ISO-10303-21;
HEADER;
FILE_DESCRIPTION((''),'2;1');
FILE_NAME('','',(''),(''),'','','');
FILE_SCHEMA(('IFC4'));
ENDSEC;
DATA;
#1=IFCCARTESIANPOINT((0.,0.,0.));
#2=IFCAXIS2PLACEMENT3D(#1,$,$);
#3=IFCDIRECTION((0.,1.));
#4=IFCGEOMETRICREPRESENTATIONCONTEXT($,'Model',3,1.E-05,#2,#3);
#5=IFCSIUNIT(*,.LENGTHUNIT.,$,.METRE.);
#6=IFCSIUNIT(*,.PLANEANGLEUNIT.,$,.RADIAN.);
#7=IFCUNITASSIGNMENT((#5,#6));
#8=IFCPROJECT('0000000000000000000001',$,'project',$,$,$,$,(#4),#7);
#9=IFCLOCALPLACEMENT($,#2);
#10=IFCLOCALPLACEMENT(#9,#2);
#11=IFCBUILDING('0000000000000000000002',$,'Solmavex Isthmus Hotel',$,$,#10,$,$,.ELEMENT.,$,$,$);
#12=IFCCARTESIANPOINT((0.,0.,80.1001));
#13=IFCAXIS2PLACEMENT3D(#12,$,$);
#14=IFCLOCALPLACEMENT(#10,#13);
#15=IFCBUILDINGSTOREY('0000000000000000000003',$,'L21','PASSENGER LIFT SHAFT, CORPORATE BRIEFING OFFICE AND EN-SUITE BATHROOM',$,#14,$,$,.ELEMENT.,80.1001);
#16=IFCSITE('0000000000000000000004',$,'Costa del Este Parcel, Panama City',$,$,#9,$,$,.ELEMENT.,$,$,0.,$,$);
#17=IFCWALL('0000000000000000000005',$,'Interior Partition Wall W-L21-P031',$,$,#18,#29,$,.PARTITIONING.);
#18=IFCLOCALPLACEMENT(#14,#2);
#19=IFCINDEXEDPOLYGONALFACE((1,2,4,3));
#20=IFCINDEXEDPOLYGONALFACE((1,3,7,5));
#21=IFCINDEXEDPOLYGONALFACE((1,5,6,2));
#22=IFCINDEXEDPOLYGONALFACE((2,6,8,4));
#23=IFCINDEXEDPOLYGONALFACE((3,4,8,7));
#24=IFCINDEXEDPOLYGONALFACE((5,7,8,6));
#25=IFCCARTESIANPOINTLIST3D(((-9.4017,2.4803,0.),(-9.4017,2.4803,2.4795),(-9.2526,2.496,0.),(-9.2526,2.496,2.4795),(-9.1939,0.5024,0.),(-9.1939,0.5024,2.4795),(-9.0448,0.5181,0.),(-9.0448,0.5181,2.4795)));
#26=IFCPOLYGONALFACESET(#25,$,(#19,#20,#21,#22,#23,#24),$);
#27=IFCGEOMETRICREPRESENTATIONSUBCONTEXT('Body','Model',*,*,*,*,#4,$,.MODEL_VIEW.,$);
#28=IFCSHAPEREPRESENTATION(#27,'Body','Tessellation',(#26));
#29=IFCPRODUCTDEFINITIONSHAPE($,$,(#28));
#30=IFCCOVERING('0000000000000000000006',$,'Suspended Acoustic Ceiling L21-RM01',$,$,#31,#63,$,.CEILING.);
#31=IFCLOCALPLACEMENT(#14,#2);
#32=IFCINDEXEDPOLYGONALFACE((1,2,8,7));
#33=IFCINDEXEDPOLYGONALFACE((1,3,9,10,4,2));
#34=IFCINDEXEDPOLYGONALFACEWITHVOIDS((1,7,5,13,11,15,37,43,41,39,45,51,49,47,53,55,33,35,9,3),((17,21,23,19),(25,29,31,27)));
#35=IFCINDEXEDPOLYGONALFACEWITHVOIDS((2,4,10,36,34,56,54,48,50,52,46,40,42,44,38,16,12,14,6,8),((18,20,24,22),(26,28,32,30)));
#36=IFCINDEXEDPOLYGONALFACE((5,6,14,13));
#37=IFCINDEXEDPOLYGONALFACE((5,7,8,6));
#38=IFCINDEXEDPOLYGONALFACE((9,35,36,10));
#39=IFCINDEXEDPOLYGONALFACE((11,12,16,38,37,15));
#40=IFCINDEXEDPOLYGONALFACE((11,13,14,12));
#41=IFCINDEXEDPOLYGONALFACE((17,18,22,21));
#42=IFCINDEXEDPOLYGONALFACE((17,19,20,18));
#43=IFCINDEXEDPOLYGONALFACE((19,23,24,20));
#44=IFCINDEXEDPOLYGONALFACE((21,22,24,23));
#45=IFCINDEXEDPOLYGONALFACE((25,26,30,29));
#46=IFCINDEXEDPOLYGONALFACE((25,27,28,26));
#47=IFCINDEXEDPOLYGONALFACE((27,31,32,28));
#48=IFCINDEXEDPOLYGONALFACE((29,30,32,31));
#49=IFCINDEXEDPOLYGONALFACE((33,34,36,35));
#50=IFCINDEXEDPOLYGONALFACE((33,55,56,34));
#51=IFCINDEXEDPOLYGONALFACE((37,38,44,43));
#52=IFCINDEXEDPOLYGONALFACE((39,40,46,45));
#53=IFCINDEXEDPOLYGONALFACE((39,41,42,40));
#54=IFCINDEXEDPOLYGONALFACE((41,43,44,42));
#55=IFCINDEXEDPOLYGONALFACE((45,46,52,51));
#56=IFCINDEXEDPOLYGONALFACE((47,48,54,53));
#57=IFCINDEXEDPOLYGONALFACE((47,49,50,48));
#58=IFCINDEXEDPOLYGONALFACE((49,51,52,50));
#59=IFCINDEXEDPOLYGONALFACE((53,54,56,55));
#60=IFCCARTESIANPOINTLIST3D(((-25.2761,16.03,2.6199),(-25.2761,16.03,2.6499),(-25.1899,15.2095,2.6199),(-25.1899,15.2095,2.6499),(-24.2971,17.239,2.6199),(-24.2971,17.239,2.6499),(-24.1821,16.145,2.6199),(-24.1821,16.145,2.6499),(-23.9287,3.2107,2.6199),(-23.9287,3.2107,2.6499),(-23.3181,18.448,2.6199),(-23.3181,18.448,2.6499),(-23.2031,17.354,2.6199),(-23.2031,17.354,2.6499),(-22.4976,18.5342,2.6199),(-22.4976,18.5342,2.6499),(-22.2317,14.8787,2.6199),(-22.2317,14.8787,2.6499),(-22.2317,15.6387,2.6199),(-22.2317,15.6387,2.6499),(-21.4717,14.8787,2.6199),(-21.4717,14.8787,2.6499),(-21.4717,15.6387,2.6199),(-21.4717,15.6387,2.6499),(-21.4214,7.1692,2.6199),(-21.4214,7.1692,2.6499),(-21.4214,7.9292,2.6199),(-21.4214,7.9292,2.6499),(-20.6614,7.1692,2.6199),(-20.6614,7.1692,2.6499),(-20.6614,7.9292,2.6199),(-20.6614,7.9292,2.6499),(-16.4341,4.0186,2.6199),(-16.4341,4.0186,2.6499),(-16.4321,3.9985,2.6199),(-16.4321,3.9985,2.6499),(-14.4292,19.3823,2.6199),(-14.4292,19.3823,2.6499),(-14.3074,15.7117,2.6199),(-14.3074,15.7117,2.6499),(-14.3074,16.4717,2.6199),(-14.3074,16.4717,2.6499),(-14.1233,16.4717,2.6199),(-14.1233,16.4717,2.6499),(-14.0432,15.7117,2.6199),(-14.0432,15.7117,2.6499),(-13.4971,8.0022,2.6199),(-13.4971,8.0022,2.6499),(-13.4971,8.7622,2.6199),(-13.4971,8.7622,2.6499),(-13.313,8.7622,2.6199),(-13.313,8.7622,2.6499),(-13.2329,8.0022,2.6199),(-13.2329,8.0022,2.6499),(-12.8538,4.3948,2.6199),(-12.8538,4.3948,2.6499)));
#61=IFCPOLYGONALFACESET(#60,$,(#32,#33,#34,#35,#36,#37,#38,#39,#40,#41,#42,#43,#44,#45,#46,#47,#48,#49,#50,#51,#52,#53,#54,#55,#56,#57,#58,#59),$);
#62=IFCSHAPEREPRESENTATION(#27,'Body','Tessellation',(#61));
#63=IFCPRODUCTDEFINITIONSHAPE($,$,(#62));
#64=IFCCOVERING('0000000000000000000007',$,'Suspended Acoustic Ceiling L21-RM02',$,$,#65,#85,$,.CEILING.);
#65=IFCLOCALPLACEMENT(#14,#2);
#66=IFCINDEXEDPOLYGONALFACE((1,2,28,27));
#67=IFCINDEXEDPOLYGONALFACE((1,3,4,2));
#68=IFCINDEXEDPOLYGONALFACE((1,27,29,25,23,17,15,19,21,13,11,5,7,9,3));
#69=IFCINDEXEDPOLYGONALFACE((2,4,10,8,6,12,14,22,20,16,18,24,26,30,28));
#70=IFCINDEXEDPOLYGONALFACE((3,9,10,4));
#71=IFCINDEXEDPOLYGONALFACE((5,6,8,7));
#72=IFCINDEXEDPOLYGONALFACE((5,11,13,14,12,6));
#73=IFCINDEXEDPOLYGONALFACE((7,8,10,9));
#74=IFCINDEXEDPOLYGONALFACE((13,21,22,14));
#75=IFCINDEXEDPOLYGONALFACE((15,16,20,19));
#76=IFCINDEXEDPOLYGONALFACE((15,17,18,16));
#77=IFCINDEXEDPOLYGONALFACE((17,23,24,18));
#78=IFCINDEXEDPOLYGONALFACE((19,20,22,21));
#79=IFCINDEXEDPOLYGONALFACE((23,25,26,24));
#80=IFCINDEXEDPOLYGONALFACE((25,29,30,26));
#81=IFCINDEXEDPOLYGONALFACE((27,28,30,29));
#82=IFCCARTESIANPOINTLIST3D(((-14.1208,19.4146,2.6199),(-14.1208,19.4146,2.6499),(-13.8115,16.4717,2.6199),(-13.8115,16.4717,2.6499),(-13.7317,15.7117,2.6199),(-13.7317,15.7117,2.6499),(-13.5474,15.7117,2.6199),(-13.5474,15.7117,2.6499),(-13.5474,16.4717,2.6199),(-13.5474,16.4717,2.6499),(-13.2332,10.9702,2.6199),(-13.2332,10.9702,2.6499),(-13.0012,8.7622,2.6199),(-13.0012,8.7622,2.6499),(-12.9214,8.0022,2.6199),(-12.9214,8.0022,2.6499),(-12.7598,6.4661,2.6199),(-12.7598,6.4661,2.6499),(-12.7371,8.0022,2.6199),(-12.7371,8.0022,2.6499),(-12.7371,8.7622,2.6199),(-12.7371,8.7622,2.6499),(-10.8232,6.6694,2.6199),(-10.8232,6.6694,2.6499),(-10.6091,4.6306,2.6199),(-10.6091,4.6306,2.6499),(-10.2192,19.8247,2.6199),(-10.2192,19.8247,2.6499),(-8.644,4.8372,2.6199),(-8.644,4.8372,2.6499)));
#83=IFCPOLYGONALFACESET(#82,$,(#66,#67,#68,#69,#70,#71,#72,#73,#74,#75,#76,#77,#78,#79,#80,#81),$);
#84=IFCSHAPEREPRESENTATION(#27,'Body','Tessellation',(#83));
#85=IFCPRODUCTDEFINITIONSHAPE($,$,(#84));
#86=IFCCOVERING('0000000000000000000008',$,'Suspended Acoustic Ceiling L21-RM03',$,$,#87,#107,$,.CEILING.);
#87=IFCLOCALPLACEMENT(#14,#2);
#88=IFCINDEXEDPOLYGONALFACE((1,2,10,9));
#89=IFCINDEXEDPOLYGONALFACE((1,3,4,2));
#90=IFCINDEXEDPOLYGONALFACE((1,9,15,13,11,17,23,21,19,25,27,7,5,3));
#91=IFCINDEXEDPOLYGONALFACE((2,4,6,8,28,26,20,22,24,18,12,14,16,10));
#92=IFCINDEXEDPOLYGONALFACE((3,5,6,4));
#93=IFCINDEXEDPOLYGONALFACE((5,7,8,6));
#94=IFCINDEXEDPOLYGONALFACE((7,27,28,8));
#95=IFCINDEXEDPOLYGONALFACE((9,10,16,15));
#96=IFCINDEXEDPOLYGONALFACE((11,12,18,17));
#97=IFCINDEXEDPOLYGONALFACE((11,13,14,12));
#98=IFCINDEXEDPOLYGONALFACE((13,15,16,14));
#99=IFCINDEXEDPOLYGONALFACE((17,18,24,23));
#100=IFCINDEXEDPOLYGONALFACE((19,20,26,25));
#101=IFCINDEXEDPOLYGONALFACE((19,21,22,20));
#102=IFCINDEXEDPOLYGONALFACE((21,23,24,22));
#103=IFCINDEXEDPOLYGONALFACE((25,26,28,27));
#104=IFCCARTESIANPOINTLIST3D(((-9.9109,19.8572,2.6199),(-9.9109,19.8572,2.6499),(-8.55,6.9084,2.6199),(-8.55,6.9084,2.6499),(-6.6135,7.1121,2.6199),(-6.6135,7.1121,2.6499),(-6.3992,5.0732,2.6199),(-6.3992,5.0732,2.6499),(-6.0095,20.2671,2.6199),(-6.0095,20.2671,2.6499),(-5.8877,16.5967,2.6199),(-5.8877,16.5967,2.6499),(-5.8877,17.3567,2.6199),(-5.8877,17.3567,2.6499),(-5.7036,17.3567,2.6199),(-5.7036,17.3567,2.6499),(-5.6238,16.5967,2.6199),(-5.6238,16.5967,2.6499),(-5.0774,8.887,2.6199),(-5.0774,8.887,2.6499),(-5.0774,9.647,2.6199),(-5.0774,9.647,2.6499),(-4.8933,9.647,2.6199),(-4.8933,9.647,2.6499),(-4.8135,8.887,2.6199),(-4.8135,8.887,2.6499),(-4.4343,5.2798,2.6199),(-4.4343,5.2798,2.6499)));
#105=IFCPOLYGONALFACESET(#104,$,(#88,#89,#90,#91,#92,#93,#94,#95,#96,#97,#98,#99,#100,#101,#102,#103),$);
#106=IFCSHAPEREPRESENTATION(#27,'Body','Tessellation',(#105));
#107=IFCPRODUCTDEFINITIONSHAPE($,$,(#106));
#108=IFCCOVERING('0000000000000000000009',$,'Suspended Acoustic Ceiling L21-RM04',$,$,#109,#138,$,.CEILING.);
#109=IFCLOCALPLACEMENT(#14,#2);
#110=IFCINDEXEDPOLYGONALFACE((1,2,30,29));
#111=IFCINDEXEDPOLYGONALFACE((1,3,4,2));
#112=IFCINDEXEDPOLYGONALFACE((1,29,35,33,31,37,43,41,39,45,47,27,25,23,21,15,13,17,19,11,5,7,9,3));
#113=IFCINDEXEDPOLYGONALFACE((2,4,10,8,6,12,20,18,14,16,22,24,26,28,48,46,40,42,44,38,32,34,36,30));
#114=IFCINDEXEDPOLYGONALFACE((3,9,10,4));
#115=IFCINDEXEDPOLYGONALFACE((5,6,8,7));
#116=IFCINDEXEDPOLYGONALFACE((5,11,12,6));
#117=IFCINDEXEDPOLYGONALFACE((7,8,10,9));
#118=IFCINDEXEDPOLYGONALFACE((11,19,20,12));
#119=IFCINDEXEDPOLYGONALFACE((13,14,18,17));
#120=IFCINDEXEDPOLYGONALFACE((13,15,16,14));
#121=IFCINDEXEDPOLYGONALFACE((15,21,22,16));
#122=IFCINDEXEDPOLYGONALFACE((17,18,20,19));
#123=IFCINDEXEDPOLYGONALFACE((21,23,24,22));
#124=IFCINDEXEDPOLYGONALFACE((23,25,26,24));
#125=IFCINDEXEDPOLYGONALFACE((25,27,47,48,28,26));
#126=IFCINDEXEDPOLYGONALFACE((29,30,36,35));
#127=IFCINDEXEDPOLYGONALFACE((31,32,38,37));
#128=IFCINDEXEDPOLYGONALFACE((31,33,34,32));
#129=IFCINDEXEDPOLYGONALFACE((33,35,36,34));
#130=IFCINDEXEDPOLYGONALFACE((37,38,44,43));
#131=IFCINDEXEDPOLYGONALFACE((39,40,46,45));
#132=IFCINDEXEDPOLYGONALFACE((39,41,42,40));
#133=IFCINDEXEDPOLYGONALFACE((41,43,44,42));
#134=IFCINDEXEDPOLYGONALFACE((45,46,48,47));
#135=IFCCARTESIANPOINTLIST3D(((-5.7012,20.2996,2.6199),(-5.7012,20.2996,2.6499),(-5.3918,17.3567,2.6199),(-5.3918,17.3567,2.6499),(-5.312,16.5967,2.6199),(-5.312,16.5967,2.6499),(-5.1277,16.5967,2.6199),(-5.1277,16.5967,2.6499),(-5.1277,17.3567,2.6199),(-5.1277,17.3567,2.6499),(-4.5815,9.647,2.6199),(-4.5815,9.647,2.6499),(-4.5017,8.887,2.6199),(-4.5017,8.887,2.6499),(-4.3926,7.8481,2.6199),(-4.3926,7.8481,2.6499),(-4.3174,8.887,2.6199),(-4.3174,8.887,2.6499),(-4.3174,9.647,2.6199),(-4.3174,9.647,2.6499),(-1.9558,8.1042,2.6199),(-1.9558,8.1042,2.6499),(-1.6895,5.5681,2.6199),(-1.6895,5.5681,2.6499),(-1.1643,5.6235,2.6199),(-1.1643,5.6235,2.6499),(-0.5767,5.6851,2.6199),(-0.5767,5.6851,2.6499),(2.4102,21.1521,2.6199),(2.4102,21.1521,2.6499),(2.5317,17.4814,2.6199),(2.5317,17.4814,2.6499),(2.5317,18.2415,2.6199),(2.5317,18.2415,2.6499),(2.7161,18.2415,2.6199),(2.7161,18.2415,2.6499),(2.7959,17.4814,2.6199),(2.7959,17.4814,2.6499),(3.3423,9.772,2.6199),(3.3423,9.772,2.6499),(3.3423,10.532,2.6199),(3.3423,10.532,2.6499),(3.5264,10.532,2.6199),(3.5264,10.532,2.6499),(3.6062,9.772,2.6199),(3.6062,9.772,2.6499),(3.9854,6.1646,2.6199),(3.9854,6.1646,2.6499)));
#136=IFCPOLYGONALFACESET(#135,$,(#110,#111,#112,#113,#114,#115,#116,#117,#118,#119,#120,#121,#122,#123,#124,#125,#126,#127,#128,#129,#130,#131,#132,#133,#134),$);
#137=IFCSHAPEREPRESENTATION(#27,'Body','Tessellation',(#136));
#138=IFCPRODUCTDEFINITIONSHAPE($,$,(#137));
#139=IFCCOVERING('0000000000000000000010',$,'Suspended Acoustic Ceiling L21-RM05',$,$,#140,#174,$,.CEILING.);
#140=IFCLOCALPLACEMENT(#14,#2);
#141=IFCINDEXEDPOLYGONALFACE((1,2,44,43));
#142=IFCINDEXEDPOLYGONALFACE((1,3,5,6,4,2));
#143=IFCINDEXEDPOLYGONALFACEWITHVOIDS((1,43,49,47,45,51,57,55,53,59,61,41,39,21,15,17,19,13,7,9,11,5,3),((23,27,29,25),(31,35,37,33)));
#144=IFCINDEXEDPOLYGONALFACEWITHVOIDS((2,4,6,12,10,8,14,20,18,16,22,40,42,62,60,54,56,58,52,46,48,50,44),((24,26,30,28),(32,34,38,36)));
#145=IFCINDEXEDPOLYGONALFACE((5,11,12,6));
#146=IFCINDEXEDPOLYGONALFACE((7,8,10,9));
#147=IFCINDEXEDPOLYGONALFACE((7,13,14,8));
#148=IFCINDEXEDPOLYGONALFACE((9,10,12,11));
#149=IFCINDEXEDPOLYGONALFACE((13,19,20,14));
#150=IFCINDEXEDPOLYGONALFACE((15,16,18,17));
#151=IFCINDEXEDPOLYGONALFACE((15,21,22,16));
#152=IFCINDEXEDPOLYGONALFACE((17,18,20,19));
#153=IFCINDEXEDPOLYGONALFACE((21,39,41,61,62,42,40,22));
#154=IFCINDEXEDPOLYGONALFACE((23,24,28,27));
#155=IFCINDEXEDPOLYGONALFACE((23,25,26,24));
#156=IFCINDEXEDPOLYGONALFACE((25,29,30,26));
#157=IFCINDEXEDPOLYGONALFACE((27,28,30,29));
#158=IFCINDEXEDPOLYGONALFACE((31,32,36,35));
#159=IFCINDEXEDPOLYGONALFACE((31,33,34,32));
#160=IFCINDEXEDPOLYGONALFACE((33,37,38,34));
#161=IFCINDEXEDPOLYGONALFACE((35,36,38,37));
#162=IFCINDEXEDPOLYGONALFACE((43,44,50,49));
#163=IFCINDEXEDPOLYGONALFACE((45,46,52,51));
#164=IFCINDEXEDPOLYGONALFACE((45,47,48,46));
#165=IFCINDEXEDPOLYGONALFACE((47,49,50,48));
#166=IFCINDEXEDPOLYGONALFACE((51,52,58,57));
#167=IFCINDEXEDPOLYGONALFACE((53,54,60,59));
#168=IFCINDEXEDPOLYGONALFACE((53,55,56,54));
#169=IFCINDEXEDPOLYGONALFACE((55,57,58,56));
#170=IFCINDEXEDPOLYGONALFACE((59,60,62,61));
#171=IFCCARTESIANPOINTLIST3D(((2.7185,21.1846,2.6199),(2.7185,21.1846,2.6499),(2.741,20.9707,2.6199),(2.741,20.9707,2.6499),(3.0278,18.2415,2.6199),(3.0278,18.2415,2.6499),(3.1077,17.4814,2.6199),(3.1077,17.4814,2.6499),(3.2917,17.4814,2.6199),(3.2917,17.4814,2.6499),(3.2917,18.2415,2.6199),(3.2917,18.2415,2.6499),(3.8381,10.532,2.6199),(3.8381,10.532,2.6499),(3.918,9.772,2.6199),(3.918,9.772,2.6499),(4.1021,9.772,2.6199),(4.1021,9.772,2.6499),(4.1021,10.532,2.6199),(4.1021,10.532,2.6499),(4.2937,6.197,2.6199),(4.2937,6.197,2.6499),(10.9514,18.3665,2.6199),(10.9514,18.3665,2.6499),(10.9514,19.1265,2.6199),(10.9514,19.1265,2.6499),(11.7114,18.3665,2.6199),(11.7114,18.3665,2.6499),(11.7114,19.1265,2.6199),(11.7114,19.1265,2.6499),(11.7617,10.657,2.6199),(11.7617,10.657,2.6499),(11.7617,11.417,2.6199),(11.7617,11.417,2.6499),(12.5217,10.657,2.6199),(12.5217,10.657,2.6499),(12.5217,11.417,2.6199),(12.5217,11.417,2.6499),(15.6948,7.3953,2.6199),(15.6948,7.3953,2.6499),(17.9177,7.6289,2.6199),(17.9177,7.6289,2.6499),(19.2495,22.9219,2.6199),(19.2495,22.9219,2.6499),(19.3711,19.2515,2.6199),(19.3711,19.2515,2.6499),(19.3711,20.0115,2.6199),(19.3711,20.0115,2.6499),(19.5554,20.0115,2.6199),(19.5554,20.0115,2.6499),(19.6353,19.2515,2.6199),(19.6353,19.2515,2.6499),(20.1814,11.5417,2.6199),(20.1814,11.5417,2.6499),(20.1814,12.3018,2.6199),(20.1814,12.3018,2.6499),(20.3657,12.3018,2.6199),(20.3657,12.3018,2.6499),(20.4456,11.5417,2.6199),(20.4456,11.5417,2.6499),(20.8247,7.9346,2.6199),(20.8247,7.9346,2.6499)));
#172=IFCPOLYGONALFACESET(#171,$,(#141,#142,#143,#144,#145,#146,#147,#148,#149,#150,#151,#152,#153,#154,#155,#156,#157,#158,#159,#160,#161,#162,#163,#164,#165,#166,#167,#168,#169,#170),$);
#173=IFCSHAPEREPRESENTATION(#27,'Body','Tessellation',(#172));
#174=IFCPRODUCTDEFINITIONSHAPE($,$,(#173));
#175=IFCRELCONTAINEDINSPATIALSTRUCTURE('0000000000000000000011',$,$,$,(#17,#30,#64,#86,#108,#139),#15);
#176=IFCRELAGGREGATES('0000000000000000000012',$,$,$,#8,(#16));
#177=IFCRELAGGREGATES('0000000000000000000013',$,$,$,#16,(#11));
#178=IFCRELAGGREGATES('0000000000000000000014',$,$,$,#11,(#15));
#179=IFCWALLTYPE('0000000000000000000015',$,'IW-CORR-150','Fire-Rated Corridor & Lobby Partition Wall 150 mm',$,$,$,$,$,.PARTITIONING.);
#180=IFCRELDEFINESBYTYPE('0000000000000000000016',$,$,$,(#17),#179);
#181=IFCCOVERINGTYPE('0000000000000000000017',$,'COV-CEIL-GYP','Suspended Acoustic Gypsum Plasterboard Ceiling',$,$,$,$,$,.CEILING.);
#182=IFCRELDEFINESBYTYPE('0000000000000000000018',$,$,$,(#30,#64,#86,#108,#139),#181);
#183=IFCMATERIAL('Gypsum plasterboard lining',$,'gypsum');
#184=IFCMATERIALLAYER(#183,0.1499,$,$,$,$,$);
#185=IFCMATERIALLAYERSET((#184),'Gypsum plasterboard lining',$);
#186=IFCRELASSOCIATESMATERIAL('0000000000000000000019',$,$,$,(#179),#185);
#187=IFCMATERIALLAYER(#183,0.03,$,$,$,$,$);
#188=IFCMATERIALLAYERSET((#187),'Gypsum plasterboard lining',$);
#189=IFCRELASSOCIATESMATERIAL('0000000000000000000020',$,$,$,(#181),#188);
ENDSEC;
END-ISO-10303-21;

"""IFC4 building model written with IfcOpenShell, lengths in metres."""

from ifc_helpers import new_model, si_unit, direction, frame, frame_2d, origin, place, context, subcontext, project, spatial, polyline, rectangle, outline, extrude, material, layer, layer_set, type_object, element, save


model = new_model("IFC4")

# Units and contexts
model_context = context("Model", 3, precision=1e-05, world=origin(), true_north=direction((0.0, 1.0)))
body_context = subcontext(model_context, "Body", "Model", "MODEL_VIEW")
ifc_project = project(units=[si_unit("LENGTHUNIT", "METRE"), si_unit("PLANEANGLEUNIT", "RADIAN")], contexts=[model_context])

# Site, building, storey
site_placement = place(None, origin())
site = spatial("IfcSite", under=ifc_project, at=site_placement, Name="Costa del Este Parcel, Panama City", CompositionType="ELEMENT", RefElevation=0.0)
building_placement = place(site_placement, origin())
building = spatial("IfcBuilding", under=site, at=building_placement, Name="Solmavex Isthmus Hotel", CompositionType="ELEMENT")
storey_placement = place(building_placement, frame((0.0, 0.0, 80.1001)))
storey = spatial("IfcBuildingStorey", under=building, at=storey_placement, Name="L21", Description="PASSENGER LIFT SHAFT, CORPORATE BRIEFING OFFICE AND EN-SUITE BATHROOM", CompositionType="ELEMENT", Elevation=80.1001)

# Shared definitions
ifc_material_1 = material(Name="Gypsum plasterboard lining", Category="gypsum")
ifc_layer_1 = layer(ifc_material_1, 0.1499)
ifc_layer_set_1 = layer_set([ifc_layer_1], Name="Gypsum plasterboard lining")
wall_type = type_object("IfcWallType", Name="IW-CORR-150", Description="Fire-Rated Corridor & Lobby Partition Wall 150 mm", PredefinedType="PARTITIONING", material=ifc_layer_set_1)

# Wall
wall_1_placement = place(storey_placement, frame((-9.1194, 0.5103, 0.0), z_axis=(0.0, 0.0, 1.0), x_axis=(-0.104474, 0.994528, 0.0)))
element("IfcWall", 1, at=wall_1_placement, inside=storey, type_object=wall_type, Name="Interior Partition Wall W-L21-P031", PredefinedType="PARTITIONING", context=body_context, shape_type="SweptSolid", body=[
    extrude(rectangle(XDim=1.9888, YDim=0.1499, at=frame_2d((0.9944, 0.0))), origin(), (0.0, 0.0, 1.0), 2.4795),
])

# Coverings
ifc_layer_2 = layer(ifc_material_1, 0.03)
ifc_layer_set_2 = layer_set([ifc_layer_2], Name="Gypsum plasterboard lining")
covering_type_1 = type_object("IfcCoveringType", Name="COV-CEIL-GYP", Description="Suspended Acoustic Gypsum Plasterboard Ceiling", PredefinedType="CEILING", material=ifc_layer_set_2)
covering_1_placement = place(storey_placement, frame((0.0, 0.0, 2.6199)))
element("IfcCovering", 2, at=covering_1_placement, inside=storey, type_object=covering_type_1, Name="Suspended Acoustic Ceiling L21-RM01", PredefinedType="CEILING", context=body_context, shape_type="SweptSolid", body=[
    extrude(outline(polyline([(-16.4321, 3.9985), (-16.4341, 4.0186), (-12.8538, 4.3948), (-13.2329, 8.0022), (-13.4971, 8.0022), (-13.4971, 8.7622), (-13.313, 8.7622), (-14.0432, 15.7117), (-14.3074, 15.7117), (-14.3074, 16.4717), (-14.1233, 16.4717), (-14.4292, 19.3823), (-22.4976, 18.5342), (-23.3181, 18.448), (-23.2031, 17.354), (-24.2971, 17.239), (-24.1821, 16.145), (-25.2761, 16.03), (-25.1899, 15.2095), (-23.9287, 3.2107), (-16.4321, 3.9985)]), holes=[polyline([(-21.4214, 7.1692), (-21.4214, 7.9292), (-20.6614, 7.9292), (-20.6614, 7.1692), (-21.4214, 7.1692)]), polyline([(-22.2317, 14.8787), (-22.2317, 15.6387), (-21.4717, 15.6387), (-21.4717, 14.8787), (-22.2317, 14.8787)])]), origin(), (0.0, 0.0, 1.0), 0.03),
])
covering_2_placement = place(storey_placement, frame((0.0, 0.0, 2.6199)))
element("IfcCovering", 3, at=covering_2_placement, inside=storey, type_object=covering_type_1, Name="Suspended Acoustic Ceiling L21-RM02", PredefinedType="CEILING", context=body_context, shape_type="SweptSolid", body=[
    extrude(outline(polyline([(-13.8115, 16.4717), (-13.5474, 16.4717), (-13.5474, 15.7117), (-13.7317, 15.7117), (-13.2332, 10.9702), (-13.0012, 8.7622), (-12.7371, 8.7622), (-12.7371, 8.0022), (-12.9214, 8.0022), (-12.7598, 6.4661), (-10.8232, 6.6694), (-10.6091, 4.6306), (-8.644, 4.8372), (-10.2192, 19.8247), (-14.1208, 19.4146), (-13.8115, 16.4717)])), origin(), (0.0, 0.0, 1.0), 0.03),
])
covering_3_placement = place(storey_placement, frame((0.0, 0.0, 2.6199)))
element("IfcCovering", 4, at=covering_3_placement, inside=storey, type_object=covering_type_1, Name="Suspended Acoustic Ceiling L21-RM03", PredefinedType="CEILING", context=body_context, shape_type="SweptSolid", body=[
    extrude(outline(polyline([(-5.6238, 16.5967), (-5.8877, 16.5967), (-5.8877, 17.3567), (-5.7036, 17.3567), (-6.0095, 20.2671), (-9.9109, 19.8572), (-8.55, 6.9084), (-6.6135, 7.1121), (-6.3992, 5.0732), (-4.4343, 5.2798), (-4.8135, 8.887), (-5.0774, 8.887), (-5.0774, 9.647), (-4.8933, 9.647), (-5.6238, 16.5967)])), origin(), (0.0, 0.0, 1.0), 0.03),
])
covering_4_placement = place(storey_placement, frame((0.0, 0.0, 2.6199)))
element("IfcCovering", 5, at=covering_4_placement, inside=storey, type_object=covering_type_1, Name="Suspended Acoustic Ceiling L21-RM04", PredefinedType="CEILING", context=body_context, shape_type="SweptSolid", body=[
    extrude(outline(polyline([(-4.5815, 9.647), (-4.3174, 9.647), (-4.3174, 8.887), (-4.5017, 8.887), (-4.3926, 7.8481), (-1.9558, 8.1042), (-1.6895, 5.5681), (-1.1643, 5.6235), (-0.5767, 5.6851), (3.9854, 6.1646), (3.6062, 9.772), (3.3423, 9.772), (3.3423, 10.532), (3.5264, 10.532), (2.7959, 17.4814), (2.5317, 17.4814), (2.5317, 18.2415), (2.7161, 18.2415), (2.4102, 21.1521), (-5.7012, 20.2996), (-5.3918, 17.3567), (-5.1277, 17.3567), (-5.1277, 16.5967), (-5.312, 16.5967), (-4.5815, 9.647)])), origin(), (0.0, 0.0, 1.0), 0.03),
])
covering_5_placement = place(storey_placement, frame((0.0, 0.0, 2.6199)))
element("IfcCovering", 6, at=covering_5_placement, inside=storey, type_object=covering_type_1, Name="Suspended Acoustic Ceiling L21-RM05", PredefinedType="CEILING", context=body_context, shape_type="SweptSolid", body=[
    extrude(outline(polyline([(3.8381, 10.532), (4.1021, 10.532), (4.1021, 9.772), (3.918, 9.772), (4.2937, 6.197), (15.6948, 7.3953), (17.9177, 7.6289), (20.8247, 7.9346), (20.4456, 11.5417), (20.1814, 11.5417), (20.1814, 12.3018), (20.3657, 12.3018), (19.6353, 19.2515), (19.3711, 19.2515), (19.3711, 20.0115), (19.5554, 20.0115), (19.2495, 22.9219), (2.7185, 21.1846), (2.741, 20.9707), (3.0278, 18.2415), (3.2917, 18.2415), (3.2917, 17.4814), (3.1077, 17.4814), (3.8381, 10.532)]), holes=[polyline([(11.7617, 10.657), (11.7617, 11.417), (12.5217, 11.417), (12.5217, 10.657), (11.7617, 10.657)]), polyline([(10.9514, 18.3665), (10.9514, 19.1265), (11.7114, 19.1265), (11.7114, 18.3665), (10.9514, 18.3665)])]), origin(), (0.0, 0.0, 1.0), 0.03),
])

save(model, "model.ifc")
